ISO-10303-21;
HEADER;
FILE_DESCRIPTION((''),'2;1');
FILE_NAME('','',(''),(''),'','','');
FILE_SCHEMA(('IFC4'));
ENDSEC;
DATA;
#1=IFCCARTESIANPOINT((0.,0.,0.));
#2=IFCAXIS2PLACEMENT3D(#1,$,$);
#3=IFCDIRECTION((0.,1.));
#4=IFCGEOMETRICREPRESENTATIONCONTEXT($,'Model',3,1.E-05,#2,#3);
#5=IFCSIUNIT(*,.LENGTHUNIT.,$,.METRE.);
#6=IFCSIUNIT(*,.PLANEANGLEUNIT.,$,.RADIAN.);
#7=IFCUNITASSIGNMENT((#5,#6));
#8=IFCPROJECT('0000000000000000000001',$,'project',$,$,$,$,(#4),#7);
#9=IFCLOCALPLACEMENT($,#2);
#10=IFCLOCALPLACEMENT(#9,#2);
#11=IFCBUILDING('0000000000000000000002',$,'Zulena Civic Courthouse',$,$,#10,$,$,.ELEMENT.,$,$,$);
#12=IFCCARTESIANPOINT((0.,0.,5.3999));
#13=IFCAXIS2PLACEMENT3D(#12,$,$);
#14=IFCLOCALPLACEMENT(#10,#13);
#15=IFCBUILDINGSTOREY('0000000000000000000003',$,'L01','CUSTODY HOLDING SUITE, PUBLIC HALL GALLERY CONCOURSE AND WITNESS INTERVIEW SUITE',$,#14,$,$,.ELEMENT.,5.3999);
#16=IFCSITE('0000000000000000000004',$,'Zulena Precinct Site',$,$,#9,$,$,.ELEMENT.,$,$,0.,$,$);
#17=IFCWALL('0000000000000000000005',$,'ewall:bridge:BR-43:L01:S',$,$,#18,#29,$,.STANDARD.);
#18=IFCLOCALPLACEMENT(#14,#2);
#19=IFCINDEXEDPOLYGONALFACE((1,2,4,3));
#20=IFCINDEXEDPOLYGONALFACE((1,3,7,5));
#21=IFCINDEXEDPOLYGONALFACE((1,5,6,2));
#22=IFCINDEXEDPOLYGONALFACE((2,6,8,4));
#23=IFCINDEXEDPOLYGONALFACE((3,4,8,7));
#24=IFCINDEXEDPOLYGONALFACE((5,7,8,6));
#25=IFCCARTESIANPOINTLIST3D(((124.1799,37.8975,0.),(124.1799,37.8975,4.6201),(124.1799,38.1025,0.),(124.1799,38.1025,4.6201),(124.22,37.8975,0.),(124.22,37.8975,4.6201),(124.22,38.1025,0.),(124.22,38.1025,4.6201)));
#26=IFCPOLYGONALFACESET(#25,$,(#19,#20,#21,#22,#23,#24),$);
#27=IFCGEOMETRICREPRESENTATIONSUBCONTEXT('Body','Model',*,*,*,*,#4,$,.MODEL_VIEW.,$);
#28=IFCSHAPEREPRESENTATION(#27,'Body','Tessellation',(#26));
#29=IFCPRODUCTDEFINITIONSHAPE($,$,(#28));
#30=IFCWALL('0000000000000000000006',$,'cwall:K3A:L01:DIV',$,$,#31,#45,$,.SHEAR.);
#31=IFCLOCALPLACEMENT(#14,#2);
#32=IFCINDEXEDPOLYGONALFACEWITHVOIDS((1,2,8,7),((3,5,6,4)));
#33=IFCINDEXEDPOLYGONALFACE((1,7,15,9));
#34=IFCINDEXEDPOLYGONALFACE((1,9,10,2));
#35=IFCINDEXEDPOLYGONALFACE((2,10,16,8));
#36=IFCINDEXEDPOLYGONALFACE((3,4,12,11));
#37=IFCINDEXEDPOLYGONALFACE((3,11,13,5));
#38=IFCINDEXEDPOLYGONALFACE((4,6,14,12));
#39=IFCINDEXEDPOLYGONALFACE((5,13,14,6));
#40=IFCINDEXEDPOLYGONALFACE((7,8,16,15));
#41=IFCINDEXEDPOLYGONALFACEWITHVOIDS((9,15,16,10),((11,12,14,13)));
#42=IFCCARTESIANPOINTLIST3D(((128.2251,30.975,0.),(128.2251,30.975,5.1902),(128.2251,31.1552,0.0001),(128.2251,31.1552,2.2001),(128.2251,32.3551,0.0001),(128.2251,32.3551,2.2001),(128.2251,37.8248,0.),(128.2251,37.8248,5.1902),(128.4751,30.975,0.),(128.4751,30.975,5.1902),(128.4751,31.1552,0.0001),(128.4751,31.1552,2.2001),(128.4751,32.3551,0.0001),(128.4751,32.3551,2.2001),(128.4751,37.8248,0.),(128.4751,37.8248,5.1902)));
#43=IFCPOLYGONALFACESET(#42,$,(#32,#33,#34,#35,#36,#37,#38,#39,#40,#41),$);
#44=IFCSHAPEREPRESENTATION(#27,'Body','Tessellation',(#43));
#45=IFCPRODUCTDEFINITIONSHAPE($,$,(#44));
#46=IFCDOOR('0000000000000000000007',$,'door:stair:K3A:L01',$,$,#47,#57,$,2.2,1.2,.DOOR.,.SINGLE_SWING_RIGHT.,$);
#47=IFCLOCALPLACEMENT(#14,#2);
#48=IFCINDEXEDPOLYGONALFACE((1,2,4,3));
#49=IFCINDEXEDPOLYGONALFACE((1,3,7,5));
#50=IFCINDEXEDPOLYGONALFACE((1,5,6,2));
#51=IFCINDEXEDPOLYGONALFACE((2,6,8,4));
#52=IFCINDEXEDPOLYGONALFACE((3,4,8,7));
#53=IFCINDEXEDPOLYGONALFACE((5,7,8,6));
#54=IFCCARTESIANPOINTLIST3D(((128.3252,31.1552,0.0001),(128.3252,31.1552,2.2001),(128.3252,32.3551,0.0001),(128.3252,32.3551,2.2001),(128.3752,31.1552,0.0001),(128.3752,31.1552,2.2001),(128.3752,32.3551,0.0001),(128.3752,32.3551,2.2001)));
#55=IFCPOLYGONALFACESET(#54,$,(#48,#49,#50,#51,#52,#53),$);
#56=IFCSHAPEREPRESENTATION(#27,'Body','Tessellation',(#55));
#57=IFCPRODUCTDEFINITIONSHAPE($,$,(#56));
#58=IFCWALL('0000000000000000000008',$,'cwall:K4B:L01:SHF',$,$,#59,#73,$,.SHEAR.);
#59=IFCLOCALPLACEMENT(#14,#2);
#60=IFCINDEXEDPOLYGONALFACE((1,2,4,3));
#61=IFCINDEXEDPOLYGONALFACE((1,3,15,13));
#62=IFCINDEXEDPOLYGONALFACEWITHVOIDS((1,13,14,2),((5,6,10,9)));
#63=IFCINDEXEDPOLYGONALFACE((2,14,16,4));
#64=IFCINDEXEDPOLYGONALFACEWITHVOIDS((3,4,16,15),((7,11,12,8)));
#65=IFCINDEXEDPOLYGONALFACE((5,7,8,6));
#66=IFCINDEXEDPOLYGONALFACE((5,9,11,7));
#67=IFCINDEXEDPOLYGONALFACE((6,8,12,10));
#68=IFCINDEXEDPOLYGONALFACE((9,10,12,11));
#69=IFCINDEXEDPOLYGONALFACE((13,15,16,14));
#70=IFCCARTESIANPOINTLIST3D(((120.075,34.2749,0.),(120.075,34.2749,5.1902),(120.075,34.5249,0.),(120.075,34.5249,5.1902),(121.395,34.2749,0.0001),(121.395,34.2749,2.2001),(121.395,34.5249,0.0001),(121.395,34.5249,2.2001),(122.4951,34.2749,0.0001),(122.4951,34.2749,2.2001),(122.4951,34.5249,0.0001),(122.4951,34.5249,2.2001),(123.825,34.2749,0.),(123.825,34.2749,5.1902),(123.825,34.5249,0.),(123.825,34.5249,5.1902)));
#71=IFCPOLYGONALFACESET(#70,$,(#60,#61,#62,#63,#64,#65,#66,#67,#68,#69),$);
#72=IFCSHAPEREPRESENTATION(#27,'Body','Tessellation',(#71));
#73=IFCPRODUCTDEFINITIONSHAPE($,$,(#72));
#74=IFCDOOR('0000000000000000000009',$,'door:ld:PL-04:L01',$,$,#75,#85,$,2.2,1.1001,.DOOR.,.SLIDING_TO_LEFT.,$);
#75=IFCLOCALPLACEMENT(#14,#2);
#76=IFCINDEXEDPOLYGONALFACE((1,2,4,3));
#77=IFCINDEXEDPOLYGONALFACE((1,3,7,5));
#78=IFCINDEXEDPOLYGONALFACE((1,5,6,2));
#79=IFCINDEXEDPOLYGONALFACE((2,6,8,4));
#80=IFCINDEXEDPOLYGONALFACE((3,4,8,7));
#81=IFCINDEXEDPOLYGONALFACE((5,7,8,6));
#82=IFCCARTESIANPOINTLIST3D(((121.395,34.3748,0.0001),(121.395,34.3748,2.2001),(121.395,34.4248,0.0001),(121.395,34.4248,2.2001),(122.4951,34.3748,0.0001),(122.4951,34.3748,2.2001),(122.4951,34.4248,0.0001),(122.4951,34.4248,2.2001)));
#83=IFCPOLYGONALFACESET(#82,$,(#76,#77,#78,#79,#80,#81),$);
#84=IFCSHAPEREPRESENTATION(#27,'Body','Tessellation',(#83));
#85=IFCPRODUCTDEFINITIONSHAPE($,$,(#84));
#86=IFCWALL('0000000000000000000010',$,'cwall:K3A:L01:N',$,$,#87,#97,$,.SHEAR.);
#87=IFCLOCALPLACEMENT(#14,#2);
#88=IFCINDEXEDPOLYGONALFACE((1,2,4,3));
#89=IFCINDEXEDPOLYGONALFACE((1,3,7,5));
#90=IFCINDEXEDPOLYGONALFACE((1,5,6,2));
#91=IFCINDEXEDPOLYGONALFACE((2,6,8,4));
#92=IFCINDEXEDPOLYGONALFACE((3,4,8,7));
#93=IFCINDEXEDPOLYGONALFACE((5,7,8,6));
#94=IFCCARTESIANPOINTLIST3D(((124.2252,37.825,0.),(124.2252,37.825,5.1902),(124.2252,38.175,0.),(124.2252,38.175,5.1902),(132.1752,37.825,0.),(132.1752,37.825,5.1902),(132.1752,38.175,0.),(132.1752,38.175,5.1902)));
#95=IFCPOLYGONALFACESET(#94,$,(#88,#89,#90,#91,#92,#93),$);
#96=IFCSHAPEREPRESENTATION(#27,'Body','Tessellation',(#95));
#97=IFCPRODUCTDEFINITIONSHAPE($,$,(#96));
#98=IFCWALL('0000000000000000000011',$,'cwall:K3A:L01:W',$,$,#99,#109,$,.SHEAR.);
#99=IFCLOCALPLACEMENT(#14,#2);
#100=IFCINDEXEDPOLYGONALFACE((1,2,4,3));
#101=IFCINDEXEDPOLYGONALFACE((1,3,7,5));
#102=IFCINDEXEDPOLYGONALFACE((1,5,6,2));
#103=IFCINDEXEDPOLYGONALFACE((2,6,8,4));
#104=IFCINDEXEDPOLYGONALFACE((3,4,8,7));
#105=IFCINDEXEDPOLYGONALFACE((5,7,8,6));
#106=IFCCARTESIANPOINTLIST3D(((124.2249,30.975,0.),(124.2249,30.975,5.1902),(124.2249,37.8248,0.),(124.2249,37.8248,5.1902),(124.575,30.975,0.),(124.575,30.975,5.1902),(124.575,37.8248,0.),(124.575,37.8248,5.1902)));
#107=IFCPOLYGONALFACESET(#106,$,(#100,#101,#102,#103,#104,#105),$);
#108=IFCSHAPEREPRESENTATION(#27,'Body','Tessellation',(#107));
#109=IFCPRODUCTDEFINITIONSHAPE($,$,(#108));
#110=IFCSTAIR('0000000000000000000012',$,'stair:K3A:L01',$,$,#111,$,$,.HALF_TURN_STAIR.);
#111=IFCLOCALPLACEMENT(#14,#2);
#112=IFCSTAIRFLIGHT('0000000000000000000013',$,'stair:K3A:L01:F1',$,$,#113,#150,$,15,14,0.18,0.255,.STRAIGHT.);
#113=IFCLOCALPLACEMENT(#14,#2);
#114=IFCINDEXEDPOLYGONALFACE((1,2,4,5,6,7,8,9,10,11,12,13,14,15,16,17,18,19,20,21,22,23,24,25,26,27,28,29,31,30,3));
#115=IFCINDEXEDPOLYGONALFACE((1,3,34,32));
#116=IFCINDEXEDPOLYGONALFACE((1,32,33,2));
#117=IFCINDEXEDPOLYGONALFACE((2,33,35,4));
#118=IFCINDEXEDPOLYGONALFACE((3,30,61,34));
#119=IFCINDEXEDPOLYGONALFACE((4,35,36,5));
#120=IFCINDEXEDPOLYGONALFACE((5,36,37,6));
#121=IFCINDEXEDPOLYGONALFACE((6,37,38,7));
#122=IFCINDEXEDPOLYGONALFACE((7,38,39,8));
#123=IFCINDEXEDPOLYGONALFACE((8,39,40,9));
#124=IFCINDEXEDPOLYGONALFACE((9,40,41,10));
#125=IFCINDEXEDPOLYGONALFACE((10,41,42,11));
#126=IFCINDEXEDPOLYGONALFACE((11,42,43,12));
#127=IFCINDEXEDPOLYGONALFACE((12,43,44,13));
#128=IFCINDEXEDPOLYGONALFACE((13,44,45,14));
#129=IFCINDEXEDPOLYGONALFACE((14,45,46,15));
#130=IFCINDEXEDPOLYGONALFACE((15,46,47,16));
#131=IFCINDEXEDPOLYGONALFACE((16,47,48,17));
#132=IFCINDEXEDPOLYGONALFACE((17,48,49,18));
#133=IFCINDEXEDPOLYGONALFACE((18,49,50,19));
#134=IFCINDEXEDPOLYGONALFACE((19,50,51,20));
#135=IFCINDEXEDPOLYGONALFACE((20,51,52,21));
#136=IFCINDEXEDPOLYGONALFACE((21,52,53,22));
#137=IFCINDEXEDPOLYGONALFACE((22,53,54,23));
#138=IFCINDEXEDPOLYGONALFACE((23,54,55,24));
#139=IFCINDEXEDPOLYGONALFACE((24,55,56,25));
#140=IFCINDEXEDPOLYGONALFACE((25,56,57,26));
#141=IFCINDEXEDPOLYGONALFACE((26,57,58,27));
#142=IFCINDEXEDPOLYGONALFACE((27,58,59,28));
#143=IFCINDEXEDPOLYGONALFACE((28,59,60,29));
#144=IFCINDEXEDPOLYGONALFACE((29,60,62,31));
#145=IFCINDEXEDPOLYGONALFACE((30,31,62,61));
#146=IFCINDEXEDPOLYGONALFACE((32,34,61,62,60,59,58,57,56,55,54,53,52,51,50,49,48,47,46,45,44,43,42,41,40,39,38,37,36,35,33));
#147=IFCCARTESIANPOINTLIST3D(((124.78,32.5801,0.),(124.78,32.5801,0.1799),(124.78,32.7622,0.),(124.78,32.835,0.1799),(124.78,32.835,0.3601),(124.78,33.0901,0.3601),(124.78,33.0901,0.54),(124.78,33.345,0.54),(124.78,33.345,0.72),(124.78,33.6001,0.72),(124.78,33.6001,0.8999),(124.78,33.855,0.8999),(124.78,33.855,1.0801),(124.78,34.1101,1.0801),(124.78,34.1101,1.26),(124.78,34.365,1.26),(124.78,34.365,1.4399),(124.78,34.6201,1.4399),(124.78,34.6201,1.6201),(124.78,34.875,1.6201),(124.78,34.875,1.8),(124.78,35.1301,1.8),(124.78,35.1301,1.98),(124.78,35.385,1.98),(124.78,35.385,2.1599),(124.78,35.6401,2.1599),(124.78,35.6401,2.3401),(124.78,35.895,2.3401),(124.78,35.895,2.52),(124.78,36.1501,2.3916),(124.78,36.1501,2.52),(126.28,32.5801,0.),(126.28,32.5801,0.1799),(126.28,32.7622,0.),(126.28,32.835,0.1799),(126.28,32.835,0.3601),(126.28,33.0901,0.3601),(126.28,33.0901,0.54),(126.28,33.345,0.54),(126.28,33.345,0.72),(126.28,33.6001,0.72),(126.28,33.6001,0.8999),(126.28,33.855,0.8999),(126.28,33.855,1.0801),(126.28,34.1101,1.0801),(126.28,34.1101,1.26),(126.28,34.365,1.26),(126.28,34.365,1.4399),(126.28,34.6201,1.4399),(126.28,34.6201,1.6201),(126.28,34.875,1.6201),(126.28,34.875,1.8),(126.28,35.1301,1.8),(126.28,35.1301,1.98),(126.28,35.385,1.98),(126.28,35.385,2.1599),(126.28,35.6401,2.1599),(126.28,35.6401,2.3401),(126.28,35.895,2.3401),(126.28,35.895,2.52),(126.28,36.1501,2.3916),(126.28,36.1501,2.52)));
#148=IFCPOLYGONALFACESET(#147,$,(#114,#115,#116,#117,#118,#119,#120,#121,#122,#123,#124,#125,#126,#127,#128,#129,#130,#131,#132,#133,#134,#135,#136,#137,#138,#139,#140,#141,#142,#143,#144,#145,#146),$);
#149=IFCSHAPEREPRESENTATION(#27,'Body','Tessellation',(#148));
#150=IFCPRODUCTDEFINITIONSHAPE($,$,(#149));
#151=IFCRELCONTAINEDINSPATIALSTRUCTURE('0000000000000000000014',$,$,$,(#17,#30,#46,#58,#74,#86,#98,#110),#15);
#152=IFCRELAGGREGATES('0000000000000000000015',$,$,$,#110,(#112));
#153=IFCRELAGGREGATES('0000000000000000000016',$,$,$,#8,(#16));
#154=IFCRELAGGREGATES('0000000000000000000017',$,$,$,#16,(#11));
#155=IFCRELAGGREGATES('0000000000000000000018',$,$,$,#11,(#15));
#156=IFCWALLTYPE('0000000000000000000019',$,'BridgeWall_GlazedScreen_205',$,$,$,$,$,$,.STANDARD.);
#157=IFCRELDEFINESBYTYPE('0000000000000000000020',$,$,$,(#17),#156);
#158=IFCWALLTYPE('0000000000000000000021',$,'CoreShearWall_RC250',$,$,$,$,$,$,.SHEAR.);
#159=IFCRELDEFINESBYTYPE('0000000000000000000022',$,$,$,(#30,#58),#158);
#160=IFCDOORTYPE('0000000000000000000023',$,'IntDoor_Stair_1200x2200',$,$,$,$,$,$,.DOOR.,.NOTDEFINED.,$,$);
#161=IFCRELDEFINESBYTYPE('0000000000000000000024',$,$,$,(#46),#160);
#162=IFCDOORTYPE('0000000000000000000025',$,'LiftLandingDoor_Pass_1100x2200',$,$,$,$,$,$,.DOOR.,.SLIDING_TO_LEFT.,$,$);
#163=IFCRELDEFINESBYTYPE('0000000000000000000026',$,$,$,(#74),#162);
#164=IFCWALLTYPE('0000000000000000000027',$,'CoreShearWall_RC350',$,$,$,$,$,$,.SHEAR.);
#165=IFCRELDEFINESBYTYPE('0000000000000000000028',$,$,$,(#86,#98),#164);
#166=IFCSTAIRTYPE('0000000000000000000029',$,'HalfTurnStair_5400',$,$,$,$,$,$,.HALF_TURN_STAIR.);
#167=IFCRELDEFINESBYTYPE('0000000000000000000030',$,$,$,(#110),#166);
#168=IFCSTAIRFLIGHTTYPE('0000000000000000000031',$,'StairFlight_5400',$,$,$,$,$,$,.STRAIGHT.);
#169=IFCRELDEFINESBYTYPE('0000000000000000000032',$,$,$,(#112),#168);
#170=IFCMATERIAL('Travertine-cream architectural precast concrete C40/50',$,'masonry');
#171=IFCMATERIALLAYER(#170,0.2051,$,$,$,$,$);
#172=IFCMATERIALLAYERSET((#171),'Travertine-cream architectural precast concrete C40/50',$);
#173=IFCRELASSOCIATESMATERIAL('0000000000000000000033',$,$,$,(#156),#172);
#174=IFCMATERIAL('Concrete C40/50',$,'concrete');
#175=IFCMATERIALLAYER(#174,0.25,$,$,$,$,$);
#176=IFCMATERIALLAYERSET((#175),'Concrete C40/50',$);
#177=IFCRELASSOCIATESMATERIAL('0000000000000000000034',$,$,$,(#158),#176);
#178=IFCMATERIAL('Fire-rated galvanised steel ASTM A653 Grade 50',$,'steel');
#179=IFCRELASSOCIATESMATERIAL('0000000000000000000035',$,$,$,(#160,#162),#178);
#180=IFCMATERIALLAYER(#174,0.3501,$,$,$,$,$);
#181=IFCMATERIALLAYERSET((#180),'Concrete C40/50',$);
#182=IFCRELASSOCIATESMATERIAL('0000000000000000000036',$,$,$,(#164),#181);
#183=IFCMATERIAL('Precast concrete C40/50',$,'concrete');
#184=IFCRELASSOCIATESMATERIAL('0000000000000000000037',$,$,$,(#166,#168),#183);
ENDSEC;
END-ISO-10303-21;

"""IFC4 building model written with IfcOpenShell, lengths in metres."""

from ifc_helpers import new_model, si_unit, direction, frame, frame_2d, origin, place, context, subcontext, project, spatial, polyline, rectangle, outline, extrude, material, layer, layer_set, type_object, element, fill, aggregate, save


model = new_model("IFC4")

# Units and contexts
model_context = context("Model", 3, precision=1e-05, world=origin(), true_north=direction((0.0, 1.0)))
body_context = subcontext(model_context, "Body", "Model", "MODEL_VIEW")
ifc_project = project(units=[si_unit("LENGTHUNIT", "METRE"), si_unit("PLANEANGLEUNIT", "RADIAN")], contexts=[model_context])

# Site, building, storey
site_placement = place(None, origin())
site = spatial("IfcSite", under=ifc_project, at=site_placement, Name="Zulena Precinct Site", CompositionType="ELEMENT", RefElevation=0.0)
building_placement = place(site_placement, origin())
building = spatial("IfcBuilding", under=site, at=building_placement, Name="Zulena Civic Courthouse", CompositionType="ELEMENT")
storey_placement = place(building_placement, frame((0.0, 0.0, 5.3999)))
storey = spatial("IfcBuildingStorey", under=building, at=storey_placement, Name="L01", Description="CUSTODY HOLDING SUITE, PUBLIC HALL GALLERY CONCOURSE AND WITNESS INTERVIEW SUITE", CompositionType="ELEMENT", Elevation=5.3999)

# Wall
ifc_material_1 = material(Name="Travertine-cream architectural precast concrete C40/50", Category="masonry")
ifc_layer_1 = layer(ifc_material_1, 0.2051)
ifc_layer_set_1 = layer_set([ifc_layer_1], Name="Travertine-cream architectural precast concrete C40/50")
wall_type_1 = type_object("IfcWallType", Name="BridgeWall_GlazedScreen_205", PredefinedType="STANDARD", material=ifc_layer_set_1)
wall_1_placement = place(storey_placement, frame((124.22, 38.0, 0.0), z_axis=(0.0, 0.0, 1.0), x_axis=(-1.0, 0.0, 0.0)))
element("IfcWall", 1, at=wall_1_placement, inside=storey, type_object=wall_type_1, Name="ewall:bridge:BR-43:L01:S", PredefinedType="STANDARD", context=body_context, shape_type="SweptSolid", body=[
    extrude(rectangle(XDim=0.04, YDim=0.2051, at=frame_2d((0.02, 0.0))), origin(), (0.0, 0.0, 1.0), 4.6201),
])

# Walls, openings, doors
ifc_material_2 = material(Name="Concrete C40/50", Category="concrete")
ifc_layer_2 = layer(ifc_material_2, 0.25)
ifc_layer_set_2 = layer_set([ifc_layer_2], Name="Concrete C40/50")
wall_type_2 = type_object("IfcWallType", Name="CoreShearWall_RC250", PredefinedType="SHEAR", material=ifc_layer_set_2)
wall_2_placement = place(storey_placement, frame((128.3501, 30.9751, 0.0), z_axis=(0.0, 0.0, 1.0), x_axis=(0.0, 1.0, 0.0)))
wall_2 = element("IfcWall", 2, at=wall_2_placement, inside=storey, type_object=wall_type_2, Name="cwall:K3A:L01:DIV", PredefinedType="SHEAR", context=body_context, shape_type="SweptSolid", body=[
    extrude(rectangle(XDim=6.8499, YDim=0.25, at=frame_2d((3.4248, 0.0))), origin(), (0.0, 0.0, 1.0), 5.1902),
])
opening_1_placement = place(wall_2_placement, frame((0.1799, 0.0, 0.0)))
opening_1 = element("IfcOpeningElement", 3, at=opening_1_placement, cuts=wall_2, PredefinedType="OPENING", context=body_context, shape_type="SweptSolid", body=[
    extrude(rectangle(XDim=1.2, YDim=2.2, at=frame_2d((0.6001, 1.1001))), frame((0.0, 0.135, 0.0), z_axis=(0.0, -1.0, 0.0), x_axis=(1.0, 0.0, 0.0)), (0.0, 0.0, 1.0), 0.27),
])
ifc_material_3 = material(Name="Fire-rated galvanised steel ASTM A653 Grade 50", Category="steel")
door_type_1 = type_object("IfcDoorType", Name="IntDoor_Stair_1200x2200", OperationType="NOTDEFINED", PredefinedType="DOOR", material=ifc_material_3)
door_1_placement = place(opening_1_placement, origin())
door_1 = element("IfcDoor", 4, at=door_1_placement, inside=storey, type_object=door_type_1, Name="door:stair:K3A:L01", OperationType="SINGLE_SWING_RIGHT", OverallHeight=2.2, OverallWidth=1.2, PredefinedType="DOOR", context=body_context, shape_type="SweptSolid", body=[
    extrude(rectangle(XDim=1.2, YDim=2.2, at=frame_2d((0.6001, 1.1001))), frame((0.0, 0.0249, 0.0), z_axis=(0.0, -1.0, 0.0), x_axis=(1.0, 0.0, 0.0)), (0.0, 0.0, 1.0), 0.05),
])
fill(opening_1, door_1)
wall_3_placement = place(storey_placement, frame((120.075, 34.3999, 0.0), z_axis=(0.0, 0.0, 1.0), x_axis=(1.0, 0.0, 0.0)))
wall_3 = element("IfcWall", 5, at=wall_3_placement, inside=storey, type_object=wall_type_2, Name="cwall:K4B:L01:SHF", PredefinedType="SHEAR", context=body_context, shape_type="SweptSolid", body=[
    extrude(rectangle(XDim=3.75, YDim=0.25, at=frame_2d((1.875, 0.0))), origin(), (0.0, 0.0, 1.0), 5.1902),
])
opening_2_placement = place(wall_3_placement, frame((1.3201, 0.0, 0.0)))
opening_2 = element("IfcOpeningElement", 6, at=opening_2_placement, cuts=wall_3, PredefinedType="OPENING", context=body_context, shape_type="SweptSolid", body=[
    extrude(rectangle(XDim=1.1001, YDim=2.2, at=frame_2d((0.55, 1.1001))), frame((0.0, 0.135, 0.0), z_axis=(0.0, -1.0, 0.0), x_axis=(1.0, 0.0, 0.0)), (0.0, 0.0, 1.0), 0.27),
])
door_type_2 = type_object("IfcDoorType", Name="LiftLandingDoor_Pass_1100x2200", OperationType="SLIDING_TO_LEFT", PredefinedType="DOOR", material=ifc_material_3)
door_2_placement = place(opening_2_placement, origin())
door_2 = element("IfcDoor", 7, at=door_2_placement, inside=storey, type_object=door_type_2, Name="door:ld:PL-04:L01", OperationType="SLIDING_TO_LEFT", OverallHeight=2.2, OverallWidth=1.1001, PredefinedType="DOOR", context=body_context, shape_type="SweptSolid", body=[
    extrude(rectangle(XDim=1.1001, YDim=2.2, at=frame_2d((0.55, 1.1001))), frame((0.0, 0.0249, 0.0), z_axis=(0.0, -1.0, 0.0), x_axis=(1.0, 0.0, 0.0)), (0.0, 0.0, 1.0), 0.05),
])
fill(opening_2, door_2)

# Walls
ifc_layer_3 = layer(ifc_material_2, 0.3501)
ifc_layer_set_3 = layer_set([ifc_layer_3], Name="Concrete C40/50")
wall_type_3 = type_object("IfcWallType", Name="CoreShearWall_RC350", PredefinedType="SHEAR", material=ifc_layer_set_3)
wall_4_placement = place(storey_placement, frame((124.2251, 38.0, 0.0), z_axis=(0.0, 0.0, 1.0), x_axis=(1.0, 0.0, 0.0)))
element("IfcWall", 8, at=wall_4_placement, inside=storey, type_object=wall_type_3, Name="cwall:K3A:L01:N", PredefinedType="SHEAR", context=body_context, shape_type="SweptSolid", body=[
    extrude(rectangle(XDim=7.95, YDim=0.3501, at=frame_2d((3.9751, 0.0))), origin(), (0.0, 0.0, 1.0), 5.1902),
])
wall_5_placement = place(storey_placement, frame((124.3999, 30.9751, 0.0), z_axis=(0.0, 0.0, 1.0), x_axis=(0.0, 1.0, 0.0)))
element("IfcWall", 9, at=wall_5_placement, inside=storey, type_object=wall_type_3, Name="cwall:K3A:L01:W", PredefinedType="SHEAR", context=body_context, shape_type="SweptSolid", body=[
    extrude(rectangle(XDim=6.8499, YDim=0.3501, at=frame_2d((3.4248, 0.0))), origin(), (0.0, 0.0, 1.0), 5.1902),
])

# Stair, stair flight
ifc_material_4 = material(Name="Precast concrete C40/50", Category="concrete")
stair_type = type_object("IfcStairType", Name="HalfTurnStair_5400", PredefinedType="HALF_TURN_STAIR", material=ifc_material_4)
stair_1_placement = place(storey_placement, origin())
stair_1 = element("IfcStair", 10, at=stair_1_placement, inside=storey, type_object=stair_type, Name="stair:K3A:L01", PredefinedType="HALF_TURN_STAIR")
stair_flight_type = type_object("IfcStairFlightType", Name="StairFlight_5400", PredefinedType="STRAIGHT", material=ifc_material_4)
stair_flight_1_placement = place(storey_placement, frame((125.53, 32.5801, 0.0), z_axis=(0.0, 0.0, 1.0), x_axis=(0.0, 1.0, 0.0)))
stair_flight_1 = element("IfcStairFlight", 11, at=stair_flight_1_placement, type_object=stair_flight_type, Name="stair:K3A:L01:F1", NumberOfRisers=15, NumberOfTreads=14, PredefinedType="STRAIGHT", RiserHeight=0.18, TreadLength=0.255, context=body_context, shape_type="SweptSolid", body=[
    extrude(outline(polyline([(0.0, 0.0), (0.0, 0.1799), (0.2549, 0.1799), (0.2549, 0.3601), (0.51, 0.3601), (0.51, 0.54), (0.7649, 0.54), (0.7649, 0.72), (1.02, 0.72), (1.02, 0.8999), (1.2749, 0.8999), (1.2749, 1.0801), (1.53, 1.0801), (1.53, 1.26), (1.7849, 1.26), (1.7849, 1.4399), (2.04, 1.4399), (2.04, 1.6201), (2.2949, 1.6201), (2.2949, 1.8), (2.55, 1.8), (2.55, 1.98), (2.8049, 1.98), (2.8049, 2.1599), (3.0601, 2.1599), (3.0601, 2.3401), (3.3149, 2.3401), (3.3149, 2.52), (3.5701, 2.52), (3.5701, 2.7), (3.5701, 2.3916), (0.1821, 0.0), (0.0, 0.0)])), frame((0.0, 0.75, 0.0), z_axis=(0.0, -1.0, 0.0), x_axis=(1.0, 0.0, 0.0)), (0.0, 0.0, 1.0), 1.5),
])
aggregate(stair_1, [stair_flight_1])

save(model, "model.ifc")
